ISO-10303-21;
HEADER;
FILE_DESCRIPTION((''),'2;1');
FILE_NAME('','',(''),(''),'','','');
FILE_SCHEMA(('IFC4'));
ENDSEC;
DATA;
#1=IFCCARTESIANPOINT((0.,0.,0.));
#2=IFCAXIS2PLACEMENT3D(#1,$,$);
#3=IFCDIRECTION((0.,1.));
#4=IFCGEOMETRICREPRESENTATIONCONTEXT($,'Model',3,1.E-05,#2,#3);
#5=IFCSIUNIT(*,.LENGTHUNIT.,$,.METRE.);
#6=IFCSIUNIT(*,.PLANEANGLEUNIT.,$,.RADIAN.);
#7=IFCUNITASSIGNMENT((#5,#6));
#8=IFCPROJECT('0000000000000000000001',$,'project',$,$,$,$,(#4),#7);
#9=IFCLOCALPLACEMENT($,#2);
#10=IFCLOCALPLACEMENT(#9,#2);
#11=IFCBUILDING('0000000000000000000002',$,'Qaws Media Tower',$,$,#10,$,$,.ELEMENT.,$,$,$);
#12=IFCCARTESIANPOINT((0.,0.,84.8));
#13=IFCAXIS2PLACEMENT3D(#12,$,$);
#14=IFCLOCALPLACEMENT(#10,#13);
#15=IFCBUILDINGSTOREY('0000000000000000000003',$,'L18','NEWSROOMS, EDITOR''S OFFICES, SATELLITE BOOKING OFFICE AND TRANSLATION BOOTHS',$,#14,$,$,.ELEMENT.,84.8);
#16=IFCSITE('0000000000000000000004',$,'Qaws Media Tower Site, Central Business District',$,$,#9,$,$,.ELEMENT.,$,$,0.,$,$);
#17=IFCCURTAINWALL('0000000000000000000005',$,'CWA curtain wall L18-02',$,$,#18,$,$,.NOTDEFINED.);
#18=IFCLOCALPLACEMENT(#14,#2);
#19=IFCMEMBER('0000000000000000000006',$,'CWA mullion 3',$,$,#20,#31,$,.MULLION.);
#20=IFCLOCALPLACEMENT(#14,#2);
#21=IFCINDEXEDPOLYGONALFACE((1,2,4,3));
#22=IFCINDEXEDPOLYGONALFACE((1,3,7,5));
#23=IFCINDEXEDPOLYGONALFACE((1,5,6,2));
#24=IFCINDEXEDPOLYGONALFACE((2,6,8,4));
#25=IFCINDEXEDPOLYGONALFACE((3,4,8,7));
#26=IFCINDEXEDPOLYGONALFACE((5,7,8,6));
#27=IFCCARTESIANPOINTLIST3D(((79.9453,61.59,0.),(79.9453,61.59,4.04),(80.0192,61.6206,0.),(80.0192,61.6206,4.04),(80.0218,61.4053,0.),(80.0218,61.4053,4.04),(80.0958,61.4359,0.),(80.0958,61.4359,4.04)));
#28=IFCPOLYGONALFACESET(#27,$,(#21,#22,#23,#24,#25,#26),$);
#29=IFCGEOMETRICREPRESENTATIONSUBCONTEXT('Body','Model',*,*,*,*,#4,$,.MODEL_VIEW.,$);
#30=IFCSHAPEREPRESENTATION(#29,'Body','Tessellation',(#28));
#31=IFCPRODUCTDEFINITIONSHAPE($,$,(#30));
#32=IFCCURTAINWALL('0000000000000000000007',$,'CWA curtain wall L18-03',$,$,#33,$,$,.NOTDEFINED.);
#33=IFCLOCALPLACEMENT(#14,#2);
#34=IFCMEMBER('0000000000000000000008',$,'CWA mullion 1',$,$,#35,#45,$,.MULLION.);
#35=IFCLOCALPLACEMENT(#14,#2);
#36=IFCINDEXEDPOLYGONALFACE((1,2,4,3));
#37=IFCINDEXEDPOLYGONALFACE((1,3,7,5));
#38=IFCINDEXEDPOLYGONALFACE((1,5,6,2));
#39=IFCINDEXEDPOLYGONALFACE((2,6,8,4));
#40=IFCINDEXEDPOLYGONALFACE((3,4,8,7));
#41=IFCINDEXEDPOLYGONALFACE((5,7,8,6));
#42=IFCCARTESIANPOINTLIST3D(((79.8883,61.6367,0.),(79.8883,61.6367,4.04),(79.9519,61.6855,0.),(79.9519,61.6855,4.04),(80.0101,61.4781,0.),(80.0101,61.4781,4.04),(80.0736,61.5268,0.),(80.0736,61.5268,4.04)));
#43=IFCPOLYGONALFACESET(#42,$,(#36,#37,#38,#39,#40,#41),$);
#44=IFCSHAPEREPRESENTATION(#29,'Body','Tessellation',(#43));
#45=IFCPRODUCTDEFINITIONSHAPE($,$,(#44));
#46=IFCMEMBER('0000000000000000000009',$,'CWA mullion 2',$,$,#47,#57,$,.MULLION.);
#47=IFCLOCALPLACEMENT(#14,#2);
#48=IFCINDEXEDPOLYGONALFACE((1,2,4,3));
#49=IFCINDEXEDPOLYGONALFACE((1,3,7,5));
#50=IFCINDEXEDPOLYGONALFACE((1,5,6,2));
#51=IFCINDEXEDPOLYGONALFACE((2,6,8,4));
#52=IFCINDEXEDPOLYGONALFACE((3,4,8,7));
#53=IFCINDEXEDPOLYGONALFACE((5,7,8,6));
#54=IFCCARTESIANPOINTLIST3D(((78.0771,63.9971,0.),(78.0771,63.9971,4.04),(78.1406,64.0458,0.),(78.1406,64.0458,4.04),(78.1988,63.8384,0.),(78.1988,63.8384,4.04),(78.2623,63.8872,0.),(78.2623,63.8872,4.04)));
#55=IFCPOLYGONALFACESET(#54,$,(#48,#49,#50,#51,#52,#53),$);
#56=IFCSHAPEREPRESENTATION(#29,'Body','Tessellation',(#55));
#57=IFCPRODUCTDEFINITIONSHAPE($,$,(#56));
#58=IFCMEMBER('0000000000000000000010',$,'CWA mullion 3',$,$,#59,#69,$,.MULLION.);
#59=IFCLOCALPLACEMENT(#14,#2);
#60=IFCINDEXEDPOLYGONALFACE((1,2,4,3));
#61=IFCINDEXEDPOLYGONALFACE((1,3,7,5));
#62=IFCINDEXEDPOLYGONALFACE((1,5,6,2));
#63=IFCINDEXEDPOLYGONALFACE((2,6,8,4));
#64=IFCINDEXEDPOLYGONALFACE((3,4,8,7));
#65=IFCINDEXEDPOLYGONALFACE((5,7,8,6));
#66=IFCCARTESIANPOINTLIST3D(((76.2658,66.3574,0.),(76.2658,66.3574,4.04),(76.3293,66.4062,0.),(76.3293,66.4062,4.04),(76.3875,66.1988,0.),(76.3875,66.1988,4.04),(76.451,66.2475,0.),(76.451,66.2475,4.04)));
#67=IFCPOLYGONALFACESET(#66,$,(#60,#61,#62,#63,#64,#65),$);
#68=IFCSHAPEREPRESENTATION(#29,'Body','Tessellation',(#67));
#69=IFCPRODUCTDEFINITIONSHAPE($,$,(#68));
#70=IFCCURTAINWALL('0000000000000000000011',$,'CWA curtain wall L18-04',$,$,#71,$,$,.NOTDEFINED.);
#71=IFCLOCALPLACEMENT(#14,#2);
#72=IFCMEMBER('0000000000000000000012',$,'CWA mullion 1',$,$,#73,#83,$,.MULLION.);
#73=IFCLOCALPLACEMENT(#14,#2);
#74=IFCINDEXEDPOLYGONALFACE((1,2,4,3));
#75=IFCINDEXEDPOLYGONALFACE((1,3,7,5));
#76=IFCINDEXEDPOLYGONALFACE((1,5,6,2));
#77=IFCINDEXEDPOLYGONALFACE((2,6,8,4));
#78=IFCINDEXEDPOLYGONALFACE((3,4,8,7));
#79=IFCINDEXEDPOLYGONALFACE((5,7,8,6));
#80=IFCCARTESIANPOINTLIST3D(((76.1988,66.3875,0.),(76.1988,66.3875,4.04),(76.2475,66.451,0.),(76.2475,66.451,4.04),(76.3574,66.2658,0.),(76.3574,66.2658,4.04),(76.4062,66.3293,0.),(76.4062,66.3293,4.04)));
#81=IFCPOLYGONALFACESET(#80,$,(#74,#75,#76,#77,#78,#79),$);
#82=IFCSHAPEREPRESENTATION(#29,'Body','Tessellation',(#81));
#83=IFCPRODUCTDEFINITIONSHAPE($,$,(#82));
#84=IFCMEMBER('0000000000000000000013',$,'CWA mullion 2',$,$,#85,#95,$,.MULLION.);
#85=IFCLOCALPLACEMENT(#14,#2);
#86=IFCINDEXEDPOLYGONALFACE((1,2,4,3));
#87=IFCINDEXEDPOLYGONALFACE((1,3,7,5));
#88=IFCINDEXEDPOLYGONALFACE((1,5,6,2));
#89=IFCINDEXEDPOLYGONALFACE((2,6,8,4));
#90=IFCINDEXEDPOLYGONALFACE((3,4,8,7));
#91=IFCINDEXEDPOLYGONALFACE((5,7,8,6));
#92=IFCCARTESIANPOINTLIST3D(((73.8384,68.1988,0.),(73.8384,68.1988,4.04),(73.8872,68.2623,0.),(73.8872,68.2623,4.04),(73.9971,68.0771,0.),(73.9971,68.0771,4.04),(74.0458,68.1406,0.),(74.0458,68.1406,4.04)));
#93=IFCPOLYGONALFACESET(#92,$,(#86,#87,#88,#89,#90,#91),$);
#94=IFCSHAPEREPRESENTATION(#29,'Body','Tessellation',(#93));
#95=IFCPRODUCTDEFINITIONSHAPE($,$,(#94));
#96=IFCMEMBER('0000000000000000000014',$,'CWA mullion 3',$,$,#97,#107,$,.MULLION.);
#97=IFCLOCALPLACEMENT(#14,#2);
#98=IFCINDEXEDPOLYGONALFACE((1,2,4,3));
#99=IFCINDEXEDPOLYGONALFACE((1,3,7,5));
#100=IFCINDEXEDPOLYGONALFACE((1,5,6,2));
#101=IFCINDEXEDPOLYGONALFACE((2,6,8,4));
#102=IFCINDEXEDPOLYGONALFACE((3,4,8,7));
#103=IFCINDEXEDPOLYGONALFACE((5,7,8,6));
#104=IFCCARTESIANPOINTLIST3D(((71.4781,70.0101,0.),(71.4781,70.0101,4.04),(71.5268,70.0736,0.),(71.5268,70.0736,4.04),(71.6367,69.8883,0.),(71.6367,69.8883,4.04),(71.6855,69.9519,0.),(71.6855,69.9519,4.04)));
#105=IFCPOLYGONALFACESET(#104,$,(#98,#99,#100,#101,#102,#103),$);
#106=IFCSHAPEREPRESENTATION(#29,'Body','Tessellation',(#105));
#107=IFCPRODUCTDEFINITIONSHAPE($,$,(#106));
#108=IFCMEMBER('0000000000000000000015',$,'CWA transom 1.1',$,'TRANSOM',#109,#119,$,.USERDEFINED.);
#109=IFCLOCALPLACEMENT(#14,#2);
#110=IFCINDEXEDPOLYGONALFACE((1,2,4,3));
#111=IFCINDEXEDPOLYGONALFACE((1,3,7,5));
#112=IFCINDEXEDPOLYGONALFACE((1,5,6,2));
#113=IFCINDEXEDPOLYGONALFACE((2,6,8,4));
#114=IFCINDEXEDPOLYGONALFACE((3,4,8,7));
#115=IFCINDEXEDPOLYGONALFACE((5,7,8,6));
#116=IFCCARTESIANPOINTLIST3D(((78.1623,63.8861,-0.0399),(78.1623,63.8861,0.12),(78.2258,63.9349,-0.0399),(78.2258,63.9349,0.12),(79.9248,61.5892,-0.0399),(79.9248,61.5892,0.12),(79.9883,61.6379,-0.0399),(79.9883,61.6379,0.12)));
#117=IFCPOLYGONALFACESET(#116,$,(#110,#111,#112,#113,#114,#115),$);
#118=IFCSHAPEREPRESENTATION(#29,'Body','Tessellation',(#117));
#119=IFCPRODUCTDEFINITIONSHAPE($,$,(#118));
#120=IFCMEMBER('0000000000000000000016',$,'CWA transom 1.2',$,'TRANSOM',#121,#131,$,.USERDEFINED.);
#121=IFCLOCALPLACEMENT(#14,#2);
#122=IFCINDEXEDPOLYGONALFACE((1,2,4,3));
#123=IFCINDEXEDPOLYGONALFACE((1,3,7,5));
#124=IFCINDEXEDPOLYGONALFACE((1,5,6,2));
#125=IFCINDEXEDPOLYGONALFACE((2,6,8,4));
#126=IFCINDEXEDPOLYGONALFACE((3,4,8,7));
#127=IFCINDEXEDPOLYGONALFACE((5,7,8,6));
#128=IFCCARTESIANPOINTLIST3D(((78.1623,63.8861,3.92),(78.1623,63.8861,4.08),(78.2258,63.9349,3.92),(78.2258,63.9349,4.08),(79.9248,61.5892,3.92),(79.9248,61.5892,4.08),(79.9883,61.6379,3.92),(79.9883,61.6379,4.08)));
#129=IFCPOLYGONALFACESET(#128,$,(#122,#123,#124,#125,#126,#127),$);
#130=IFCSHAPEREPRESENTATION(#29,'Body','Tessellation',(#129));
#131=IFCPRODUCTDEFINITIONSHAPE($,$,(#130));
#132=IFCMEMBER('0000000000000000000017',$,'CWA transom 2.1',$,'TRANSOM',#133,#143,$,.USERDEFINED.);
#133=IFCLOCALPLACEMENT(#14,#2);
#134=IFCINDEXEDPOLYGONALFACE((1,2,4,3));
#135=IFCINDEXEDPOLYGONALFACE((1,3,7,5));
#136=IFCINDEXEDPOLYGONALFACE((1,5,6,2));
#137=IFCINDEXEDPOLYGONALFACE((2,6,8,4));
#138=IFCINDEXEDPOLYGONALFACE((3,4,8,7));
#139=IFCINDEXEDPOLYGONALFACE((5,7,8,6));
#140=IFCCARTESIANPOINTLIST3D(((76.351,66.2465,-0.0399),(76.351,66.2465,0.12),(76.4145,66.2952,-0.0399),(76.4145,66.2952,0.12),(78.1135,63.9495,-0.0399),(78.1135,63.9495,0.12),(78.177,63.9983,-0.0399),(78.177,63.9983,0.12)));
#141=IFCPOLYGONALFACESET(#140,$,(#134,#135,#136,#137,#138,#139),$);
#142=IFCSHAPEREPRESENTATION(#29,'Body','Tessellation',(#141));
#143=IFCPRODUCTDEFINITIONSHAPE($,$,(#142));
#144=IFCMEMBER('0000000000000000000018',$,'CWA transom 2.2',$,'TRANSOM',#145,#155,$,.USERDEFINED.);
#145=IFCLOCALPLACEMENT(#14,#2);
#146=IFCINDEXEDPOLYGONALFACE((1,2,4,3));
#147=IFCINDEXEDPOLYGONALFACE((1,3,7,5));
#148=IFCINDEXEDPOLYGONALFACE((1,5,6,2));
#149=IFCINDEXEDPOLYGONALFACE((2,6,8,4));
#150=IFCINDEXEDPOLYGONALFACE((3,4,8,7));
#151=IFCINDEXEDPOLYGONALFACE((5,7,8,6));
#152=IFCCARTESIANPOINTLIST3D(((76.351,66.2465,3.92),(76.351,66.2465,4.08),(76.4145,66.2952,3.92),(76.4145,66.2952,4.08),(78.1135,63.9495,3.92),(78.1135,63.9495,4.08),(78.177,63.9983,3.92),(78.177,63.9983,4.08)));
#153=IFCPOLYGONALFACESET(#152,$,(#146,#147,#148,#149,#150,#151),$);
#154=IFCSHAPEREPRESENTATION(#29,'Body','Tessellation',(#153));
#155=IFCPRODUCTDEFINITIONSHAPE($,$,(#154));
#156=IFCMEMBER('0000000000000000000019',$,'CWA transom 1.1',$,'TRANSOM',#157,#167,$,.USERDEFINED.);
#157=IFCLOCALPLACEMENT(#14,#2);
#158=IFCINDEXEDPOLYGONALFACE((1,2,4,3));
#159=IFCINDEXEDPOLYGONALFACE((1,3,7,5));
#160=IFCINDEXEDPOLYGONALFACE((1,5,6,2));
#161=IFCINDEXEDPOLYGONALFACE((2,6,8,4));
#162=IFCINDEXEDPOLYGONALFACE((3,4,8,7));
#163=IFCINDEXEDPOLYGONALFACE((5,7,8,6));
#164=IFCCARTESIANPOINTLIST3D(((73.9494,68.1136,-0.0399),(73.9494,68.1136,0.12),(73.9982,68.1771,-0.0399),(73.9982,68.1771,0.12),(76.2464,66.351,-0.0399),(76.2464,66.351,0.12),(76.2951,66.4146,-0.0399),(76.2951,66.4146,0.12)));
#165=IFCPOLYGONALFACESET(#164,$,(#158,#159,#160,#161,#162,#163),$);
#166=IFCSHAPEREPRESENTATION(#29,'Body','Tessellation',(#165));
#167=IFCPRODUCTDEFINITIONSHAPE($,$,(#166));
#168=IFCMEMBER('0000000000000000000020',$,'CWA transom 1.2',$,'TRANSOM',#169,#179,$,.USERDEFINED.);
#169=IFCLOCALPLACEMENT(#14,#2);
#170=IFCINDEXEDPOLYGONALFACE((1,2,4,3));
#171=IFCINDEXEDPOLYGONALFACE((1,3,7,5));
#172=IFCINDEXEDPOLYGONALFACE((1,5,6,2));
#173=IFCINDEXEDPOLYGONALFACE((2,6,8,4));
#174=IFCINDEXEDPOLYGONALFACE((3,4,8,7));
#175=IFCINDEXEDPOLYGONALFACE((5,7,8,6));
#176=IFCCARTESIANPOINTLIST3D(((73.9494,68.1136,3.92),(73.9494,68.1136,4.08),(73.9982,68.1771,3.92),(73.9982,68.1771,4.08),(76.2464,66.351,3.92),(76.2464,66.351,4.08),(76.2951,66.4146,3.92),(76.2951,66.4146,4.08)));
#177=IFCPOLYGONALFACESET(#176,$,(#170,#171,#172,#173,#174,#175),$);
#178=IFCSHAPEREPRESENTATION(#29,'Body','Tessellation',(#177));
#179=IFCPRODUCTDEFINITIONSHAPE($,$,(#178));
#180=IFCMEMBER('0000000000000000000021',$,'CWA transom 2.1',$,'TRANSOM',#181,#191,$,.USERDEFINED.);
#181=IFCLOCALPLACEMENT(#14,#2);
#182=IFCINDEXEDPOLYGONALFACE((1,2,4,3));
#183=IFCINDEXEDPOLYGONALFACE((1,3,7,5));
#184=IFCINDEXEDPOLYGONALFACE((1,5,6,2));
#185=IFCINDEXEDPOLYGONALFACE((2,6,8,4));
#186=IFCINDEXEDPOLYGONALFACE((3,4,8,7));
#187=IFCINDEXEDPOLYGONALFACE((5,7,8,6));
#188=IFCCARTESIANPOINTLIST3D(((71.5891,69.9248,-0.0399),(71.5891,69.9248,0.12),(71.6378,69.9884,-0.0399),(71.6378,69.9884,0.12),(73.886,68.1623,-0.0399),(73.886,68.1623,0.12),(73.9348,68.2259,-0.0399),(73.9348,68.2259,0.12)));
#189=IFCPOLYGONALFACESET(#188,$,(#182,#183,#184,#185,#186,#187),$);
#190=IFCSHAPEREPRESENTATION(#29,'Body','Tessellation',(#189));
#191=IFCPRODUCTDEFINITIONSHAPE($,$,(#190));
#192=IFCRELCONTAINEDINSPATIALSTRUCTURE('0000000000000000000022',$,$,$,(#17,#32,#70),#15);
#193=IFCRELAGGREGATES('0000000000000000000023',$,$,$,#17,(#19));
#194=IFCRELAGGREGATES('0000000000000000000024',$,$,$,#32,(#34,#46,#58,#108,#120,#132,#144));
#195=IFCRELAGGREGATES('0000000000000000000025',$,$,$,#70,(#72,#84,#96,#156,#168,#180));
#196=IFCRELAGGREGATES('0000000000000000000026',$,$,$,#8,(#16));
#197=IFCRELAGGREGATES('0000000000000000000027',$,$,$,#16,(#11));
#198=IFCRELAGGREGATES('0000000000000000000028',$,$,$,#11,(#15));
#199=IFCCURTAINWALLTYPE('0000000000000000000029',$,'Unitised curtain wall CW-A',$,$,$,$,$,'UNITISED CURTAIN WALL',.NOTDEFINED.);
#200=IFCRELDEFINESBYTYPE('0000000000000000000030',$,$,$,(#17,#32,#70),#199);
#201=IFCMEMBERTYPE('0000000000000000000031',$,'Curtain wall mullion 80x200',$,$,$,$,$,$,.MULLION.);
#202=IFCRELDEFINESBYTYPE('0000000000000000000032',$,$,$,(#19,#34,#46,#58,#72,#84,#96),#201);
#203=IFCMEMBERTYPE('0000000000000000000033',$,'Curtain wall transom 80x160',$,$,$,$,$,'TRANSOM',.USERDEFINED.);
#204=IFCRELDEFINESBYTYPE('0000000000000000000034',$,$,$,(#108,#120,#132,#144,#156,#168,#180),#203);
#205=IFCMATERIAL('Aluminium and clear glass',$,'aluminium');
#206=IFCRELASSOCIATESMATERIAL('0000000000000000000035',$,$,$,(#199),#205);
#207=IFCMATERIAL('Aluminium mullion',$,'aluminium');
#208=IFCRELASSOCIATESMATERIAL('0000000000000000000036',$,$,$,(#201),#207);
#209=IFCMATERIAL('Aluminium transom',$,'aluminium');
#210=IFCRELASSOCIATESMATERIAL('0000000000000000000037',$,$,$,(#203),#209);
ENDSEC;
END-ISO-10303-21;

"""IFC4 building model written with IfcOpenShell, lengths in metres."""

from ifc_helpers import new_model, si_unit, direction, frame, origin, origin_2d, place, context, subcontext, project, spatial, rectangle, extrude, material, material_profile, profile_set, type_object, element, aggregate, save


model = new_model("IFC4")

# Units and contexts
model_context = context("Model", 3, precision=1e-05, world=origin(), true_north=direction((0.0, 1.0)))
body_context = subcontext(model_context, "Body", "Model", "MODEL_VIEW")
ifc_project = project(units=[si_unit("LENGTHUNIT", "METRE"), si_unit("PLANEANGLEUNIT", "RADIAN")], contexts=[model_context])

# Site, building, storey
site_placement = place(None, origin())
site = spatial("IfcSite", under=ifc_project, at=site_placement, Name="Qaws Media Tower Site, Central Business District", CompositionType="ELEMENT", RefElevation=0.0)
building_placement = place(site_placement, origin())
building = spatial("IfcBuilding", under=site, at=building_placement, Name="Qaws Media Tower", CompositionType="ELEMENT")
storey_placement = place(building_placement, frame((0.0, 0.0, 84.8)))
storey = spatial("IfcBuildingStorey", under=building, at=storey_placement, Name="L18", Description="NEWSROOMS, EDITOR'S OFFICES, SATELLITE BOOKING OFFICE AND TRANSLATION BOOTHS", CompositionType="ELEMENT", Elevation=84.8)

# Curtain wall, member
ifc_material_1 = material(Name="Aluminium and clear glass", Category="aluminium")
curtain_wall_type = type_object("IfcCurtainWallType", Name="Unitised curtain wall CW-A", ElementType="UNITISED CURTAIN WALL", PredefinedType="NOTDEFINED", material=ifc_material_1)
curtain_wall_1_placement = place(storey_placement, origin())
curtain_wall_1 = element("IfcCurtainWall", 1, at=curtain_wall_1_placement, inside=storey, type_object=curtain_wall_type, Name="CWA curtain wall L18-02", PredefinedType="NOTDEFINED")
ifc_material_2 = material(Name="Aluminium mullion", Category="aluminium")
ifc_material_profile_1 = material_profile(ifc_material_2, rectangle(XDim=0.0801, YDim=0.2, at=origin_2d()), Name="80x200")
ifc_profile_set_1 = profile_set([ifc_material_profile_1], Name="Aluminium mullion")
member_type_1 = type_object("IfcMemberType", Name="Curtain wall mullion 80x200", PredefinedType="MULLION", material=ifc_profile_set_1)
member_1_placement = place(storey_placement, frame((80.0205, 61.5129, 0.0), z_axis=(0.0, 0.0, 1.0), x_axis=(-0.92388, -0.382683, 0.0)))
member_1 = element("IfcMember", 2, at=member_1_placement, type_object=member_type_1, Name="CWA mullion 3", PredefinedType="MULLION", context=body_context, shape_type="SweptSolid", body=[
    extrude(rectangle(XDim=0.0801, YDim=0.2, at=origin_2d()), origin(), (0.0, 0.0, 1.0), 4.04),
])

# Curtain walls, members
curtain_wall_2_placement = place(storey_placement, origin())
curtain_wall_2 = element("IfcCurtainWall", 3, at=curtain_wall_2_placement, inside=storey, type_object=curtain_wall_type, Name="CWA curtain wall L18-03", PredefinedType="NOTDEFINED")
member_2_placement = place(storey_placement, frame((79.981, 61.5818, 0.0), z_axis=(0.0, 0.0, 1.0), x_axis=(-0.793353, -0.608761, 0.0)))
member_2 = element("IfcMember", 4, at=member_2_placement, type_object=member_type_1, Name="CWA mullion 1", PredefinedType="MULLION", context=body_context, shape_type="SweptSolid", body=[
    extrude(rectangle(XDim=0.0801, YDim=0.2, at=origin_2d()), origin(), (0.0, 0.0, 1.0), 4.04),
])
member_3_placement = place(storey_placement, frame((78.1697, 63.9421, 0.0), z_axis=(0.0, 0.0, 1.0), x_axis=(-0.793353, -0.608761, 0.0)))
member_3 = element("IfcMember", 5, at=member_3_placement, type_object=member_type_1, Name="CWA mullion 2", PredefinedType="MULLION", context=body_context, shape_type="SweptSolid", body=[
    extrude(rectangle(XDim=0.0801, YDim=0.2, at=origin_2d()), origin(), (0.0, 0.0, 1.0), 4.04),
])
member_4_placement = place(storey_placement, frame((76.3584, 66.3025, 0.0), z_axis=(0.0, 0.0, 1.0), x_axis=(-0.793353, -0.608761, 0.0)))
member_4 = element("IfcMember", 6, at=member_4_placement, type_object=member_type_1, Name="CWA mullion 3", PredefinedType="MULLION", context=body_context, shape_type="SweptSolid", body=[
    extrude(rectangle(XDim=0.0801, YDim=0.2, at=origin_2d()), origin(), (0.0, 0.0, 1.0), 4.04),
])
curtain_wall_3_placement = place(storey_placement, origin())
curtain_wall_3 = element("IfcCurtainWall", 7, at=curtain_wall_3_placement, inside=storey, type_object=curtain_wall_type, Name="CWA curtain wall L18-04", PredefinedType="NOTDEFINED")
member_5_placement = place(storey_placement, frame((76.3025, 66.3584, 0.0), z_axis=(0.0, 0.0, 1.0), x_axis=(-0.608761, -0.793353, 0.0)))
member_5 = element("IfcMember", 8, at=member_5_placement, type_object=member_type_1, Name="CWA mullion 1", PredefinedType="MULLION", context=body_context, shape_type="SweptSolid", body=[
    extrude(rectangle(XDim=0.0801, YDim=0.2, at=origin_2d()), origin(), (0.0, 0.0, 1.0), 4.04),
])
member_6_placement = place(storey_placement, frame((73.9421, 68.1697, 0.0), z_axis=(0.0, 0.0, 1.0), x_axis=(-0.608761, -0.793353, 0.0)))
member_6 = element("IfcMember", 9, at=member_6_placement, type_object=member_type_1, Name="CWA mullion 2", PredefinedType="MULLION", context=body_context, shape_type="SweptSolid", body=[
    extrude(rectangle(XDim=0.0801, YDim=0.2, at=origin_2d()), origin(), (0.0, 0.0, 1.0), 4.04),
])
member_7_placement = place(storey_placement, frame((71.5818, 69.981, 0.0), z_axis=(0.0, 0.0, 1.0), x_axis=(-0.608761, -0.793353, 0.0)))
member_7 = element("IfcMember", 10, at=member_7_placement, type_object=member_type_1, Name="CWA mullion 3", PredefinedType="MULLION", context=body_context, shape_type="SweptSolid", body=[
    extrude(rectangle(XDim=0.0801, YDim=0.2, at=origin_2d()), origin(), (0.0, 0.0, 1.0), 4.04),
])

# Members
ifc_material_3 = material(Name="Aluminium transom", Category="aluminium")
ifc_material_profile_2 = material_profile(ifc_material_3, rectangle(XDim=0.0801, YDim=0.1599, at=origin_2d()), Name="80x160")
ifc_profile_set_2 = profile_set([ifc_material_profile_2], Name="Aluminium transom")
member_type_2 = type_object("IfcMemberType", Name="Curtain wall transom 80x160", ElementType="TRANSOM", PredefinedType="USERDEFINED", material=ifc_profile_set_2)
member_8_placement = place(storey_placement, frame((79.9565, 61.6135, 0.04), z_axis=(-0.608761, 0.793354, 0.0), x_axis=(-0.793354, -0.608761, 0.0)))
member_8 = element("IfcMember", 11, at=member_8_placement, type_object=member_type_2, Name="CWA transom 1.1", ObjectType="TRANSOM", PredefinedType="USERDEFINED", context=body_context, shape_type="SweptSolid", body=[
    extrude(rectangle(XDim=0.0801, YDim=0.1599, at=origin_2d()), origin(), (0.0, 0.0, 1.0), 2.8953),
])
member_9_placement = place(storey_placement, frame((79.9565, 61.6135, 4.0), z_axis=(-0.608761, 0.793354, 0.0), x_axis=(-0.793354, -0.608761, 0.0)))
member_9 = element("IfcMember", 12, at=member_9_placement, type_object=member_type_2, Name="CWA transom 1.2", ObjectType="TRANSOM", PredefinedType="USERDEFINED", context=body_context, shape_type="SweptSolid", body=[
    extrude(rectangle(XDim=0.0801, YDim=0.1599, at=origin_2d()), origin(), (0.0, 0.0, 1.0), 2.8953),
])
member_10_placement = place(storey_placement, frame((78.1453, 63.9739, 0.04), z_axis=(-0.608761, 0.793354, 0.0), x_axis=(-0.793354, -0.608761, 0.0)))
member_10 = element("IfcMember", 13, at=member_10_placement, type_object=member_type_2, Name="CWA transom 2.1", ObjectType="TRANSOM", PredefinedType="USERDEFINED", context=body_context, shape_type="SweptSolid", body=[
    extrude(rectangle(XDim=0.0801, YDim=0.1599, at=origin_2d()), origin(), (0.0, 0.0, 1.0), 2.8953),
])
member_11_placement = place(storey_placement, frame((78.1453, 63.9739, 4.0), z_axis=(-0.608761, 0.793354, 0.0), x_axis=(-0.793354, -0.608761, 0.0)))
member_11 = element("IfcMember", 14, at=member_11_placement, type_object=member_type_2, Name="CWA transom 2.2", ObjectType="TRANSOM", PredefinedType="USERDEFINED", context=body_context, shape_type="SweptSolid", body=[
    extrude(rectangle(XDim=0.0801, YDim=0.1599, at=origin_2d()), origin(), (0.0, 0.0, 1.0), 2.8953),
])
member_12_placement = place(storey_placement, frame((76.2708, 66.3828, 0.04), z_axis=(-0.793354, 0.608761, 0.0), x_axis=(-0.608761, -0.793354, 0.0)))
member_12 = element("IfcMember", 15, at=member_12_placement, type_object=member_type_2, Name="CWA transom 1.1", ObjectType="TRANSOM", PredefinedType="USERDEFINED", context=body_context, shape_type="SweptSolid", body=[
    extrude(rectangle(XDim=0.0801, YDim=0.1599, at=origin_2d()), origin(), (0.0, 0.0, 1.0), 2.8953),
])
member_13_placement = place(storey_placement, frame((76.2708, 66.3828, 4.0), z_axis=(-0.793354, 0.608761, 0.0), x_axis=(-0.608761, -0.793354, 0.0)))
member_13 = element("IfcMember", 16, at=member_13_placement, type_object=member_type_2, Name="CWA transom 1.2", ObjectType="TRANSOM", PredefinedType="USERDEFINED", context=body_context, shape_type="SweptSolid", body=[
    extrude(rectangle(XDim=0.0801, YDim=0.1599, at=origin_2d()), origin(), (0.0, 0.0, 1.0), 2.8953),
])
member_14_placement = place(storey_placement, frame((73.9104, 68.1941, 0.04), z_axis=(-0.793354, 0.608761, 0.0), x_axis=(-0.608761, -0.793354, 0.0)))
member_14 = element("IfcMember", 17, at=member_14_placement, type_object=member_type_2, Name="CWA transom 2.1", ObjectType="TRANSOM", PredefinedType="USERDEFINED", context=body_context, shape_type="SweptSolid", body=[
    extrude(rectangle(XDim=0.0801, YDim=0.1599, at=origin_2d()), origin(), (0.0, 0.0, 1.0), 2.8953),
])

aggregate(curtain_wall_1, [member_1])
aggregate(curtain_wall_2, [member_2, member_3, member_4, member_8, member_9, member_10, member_11])
aggregate(curtain_wall_3, [member_5, member_6, member_7, member_12, member_13, member_14])

save(model, "model.ifc")
